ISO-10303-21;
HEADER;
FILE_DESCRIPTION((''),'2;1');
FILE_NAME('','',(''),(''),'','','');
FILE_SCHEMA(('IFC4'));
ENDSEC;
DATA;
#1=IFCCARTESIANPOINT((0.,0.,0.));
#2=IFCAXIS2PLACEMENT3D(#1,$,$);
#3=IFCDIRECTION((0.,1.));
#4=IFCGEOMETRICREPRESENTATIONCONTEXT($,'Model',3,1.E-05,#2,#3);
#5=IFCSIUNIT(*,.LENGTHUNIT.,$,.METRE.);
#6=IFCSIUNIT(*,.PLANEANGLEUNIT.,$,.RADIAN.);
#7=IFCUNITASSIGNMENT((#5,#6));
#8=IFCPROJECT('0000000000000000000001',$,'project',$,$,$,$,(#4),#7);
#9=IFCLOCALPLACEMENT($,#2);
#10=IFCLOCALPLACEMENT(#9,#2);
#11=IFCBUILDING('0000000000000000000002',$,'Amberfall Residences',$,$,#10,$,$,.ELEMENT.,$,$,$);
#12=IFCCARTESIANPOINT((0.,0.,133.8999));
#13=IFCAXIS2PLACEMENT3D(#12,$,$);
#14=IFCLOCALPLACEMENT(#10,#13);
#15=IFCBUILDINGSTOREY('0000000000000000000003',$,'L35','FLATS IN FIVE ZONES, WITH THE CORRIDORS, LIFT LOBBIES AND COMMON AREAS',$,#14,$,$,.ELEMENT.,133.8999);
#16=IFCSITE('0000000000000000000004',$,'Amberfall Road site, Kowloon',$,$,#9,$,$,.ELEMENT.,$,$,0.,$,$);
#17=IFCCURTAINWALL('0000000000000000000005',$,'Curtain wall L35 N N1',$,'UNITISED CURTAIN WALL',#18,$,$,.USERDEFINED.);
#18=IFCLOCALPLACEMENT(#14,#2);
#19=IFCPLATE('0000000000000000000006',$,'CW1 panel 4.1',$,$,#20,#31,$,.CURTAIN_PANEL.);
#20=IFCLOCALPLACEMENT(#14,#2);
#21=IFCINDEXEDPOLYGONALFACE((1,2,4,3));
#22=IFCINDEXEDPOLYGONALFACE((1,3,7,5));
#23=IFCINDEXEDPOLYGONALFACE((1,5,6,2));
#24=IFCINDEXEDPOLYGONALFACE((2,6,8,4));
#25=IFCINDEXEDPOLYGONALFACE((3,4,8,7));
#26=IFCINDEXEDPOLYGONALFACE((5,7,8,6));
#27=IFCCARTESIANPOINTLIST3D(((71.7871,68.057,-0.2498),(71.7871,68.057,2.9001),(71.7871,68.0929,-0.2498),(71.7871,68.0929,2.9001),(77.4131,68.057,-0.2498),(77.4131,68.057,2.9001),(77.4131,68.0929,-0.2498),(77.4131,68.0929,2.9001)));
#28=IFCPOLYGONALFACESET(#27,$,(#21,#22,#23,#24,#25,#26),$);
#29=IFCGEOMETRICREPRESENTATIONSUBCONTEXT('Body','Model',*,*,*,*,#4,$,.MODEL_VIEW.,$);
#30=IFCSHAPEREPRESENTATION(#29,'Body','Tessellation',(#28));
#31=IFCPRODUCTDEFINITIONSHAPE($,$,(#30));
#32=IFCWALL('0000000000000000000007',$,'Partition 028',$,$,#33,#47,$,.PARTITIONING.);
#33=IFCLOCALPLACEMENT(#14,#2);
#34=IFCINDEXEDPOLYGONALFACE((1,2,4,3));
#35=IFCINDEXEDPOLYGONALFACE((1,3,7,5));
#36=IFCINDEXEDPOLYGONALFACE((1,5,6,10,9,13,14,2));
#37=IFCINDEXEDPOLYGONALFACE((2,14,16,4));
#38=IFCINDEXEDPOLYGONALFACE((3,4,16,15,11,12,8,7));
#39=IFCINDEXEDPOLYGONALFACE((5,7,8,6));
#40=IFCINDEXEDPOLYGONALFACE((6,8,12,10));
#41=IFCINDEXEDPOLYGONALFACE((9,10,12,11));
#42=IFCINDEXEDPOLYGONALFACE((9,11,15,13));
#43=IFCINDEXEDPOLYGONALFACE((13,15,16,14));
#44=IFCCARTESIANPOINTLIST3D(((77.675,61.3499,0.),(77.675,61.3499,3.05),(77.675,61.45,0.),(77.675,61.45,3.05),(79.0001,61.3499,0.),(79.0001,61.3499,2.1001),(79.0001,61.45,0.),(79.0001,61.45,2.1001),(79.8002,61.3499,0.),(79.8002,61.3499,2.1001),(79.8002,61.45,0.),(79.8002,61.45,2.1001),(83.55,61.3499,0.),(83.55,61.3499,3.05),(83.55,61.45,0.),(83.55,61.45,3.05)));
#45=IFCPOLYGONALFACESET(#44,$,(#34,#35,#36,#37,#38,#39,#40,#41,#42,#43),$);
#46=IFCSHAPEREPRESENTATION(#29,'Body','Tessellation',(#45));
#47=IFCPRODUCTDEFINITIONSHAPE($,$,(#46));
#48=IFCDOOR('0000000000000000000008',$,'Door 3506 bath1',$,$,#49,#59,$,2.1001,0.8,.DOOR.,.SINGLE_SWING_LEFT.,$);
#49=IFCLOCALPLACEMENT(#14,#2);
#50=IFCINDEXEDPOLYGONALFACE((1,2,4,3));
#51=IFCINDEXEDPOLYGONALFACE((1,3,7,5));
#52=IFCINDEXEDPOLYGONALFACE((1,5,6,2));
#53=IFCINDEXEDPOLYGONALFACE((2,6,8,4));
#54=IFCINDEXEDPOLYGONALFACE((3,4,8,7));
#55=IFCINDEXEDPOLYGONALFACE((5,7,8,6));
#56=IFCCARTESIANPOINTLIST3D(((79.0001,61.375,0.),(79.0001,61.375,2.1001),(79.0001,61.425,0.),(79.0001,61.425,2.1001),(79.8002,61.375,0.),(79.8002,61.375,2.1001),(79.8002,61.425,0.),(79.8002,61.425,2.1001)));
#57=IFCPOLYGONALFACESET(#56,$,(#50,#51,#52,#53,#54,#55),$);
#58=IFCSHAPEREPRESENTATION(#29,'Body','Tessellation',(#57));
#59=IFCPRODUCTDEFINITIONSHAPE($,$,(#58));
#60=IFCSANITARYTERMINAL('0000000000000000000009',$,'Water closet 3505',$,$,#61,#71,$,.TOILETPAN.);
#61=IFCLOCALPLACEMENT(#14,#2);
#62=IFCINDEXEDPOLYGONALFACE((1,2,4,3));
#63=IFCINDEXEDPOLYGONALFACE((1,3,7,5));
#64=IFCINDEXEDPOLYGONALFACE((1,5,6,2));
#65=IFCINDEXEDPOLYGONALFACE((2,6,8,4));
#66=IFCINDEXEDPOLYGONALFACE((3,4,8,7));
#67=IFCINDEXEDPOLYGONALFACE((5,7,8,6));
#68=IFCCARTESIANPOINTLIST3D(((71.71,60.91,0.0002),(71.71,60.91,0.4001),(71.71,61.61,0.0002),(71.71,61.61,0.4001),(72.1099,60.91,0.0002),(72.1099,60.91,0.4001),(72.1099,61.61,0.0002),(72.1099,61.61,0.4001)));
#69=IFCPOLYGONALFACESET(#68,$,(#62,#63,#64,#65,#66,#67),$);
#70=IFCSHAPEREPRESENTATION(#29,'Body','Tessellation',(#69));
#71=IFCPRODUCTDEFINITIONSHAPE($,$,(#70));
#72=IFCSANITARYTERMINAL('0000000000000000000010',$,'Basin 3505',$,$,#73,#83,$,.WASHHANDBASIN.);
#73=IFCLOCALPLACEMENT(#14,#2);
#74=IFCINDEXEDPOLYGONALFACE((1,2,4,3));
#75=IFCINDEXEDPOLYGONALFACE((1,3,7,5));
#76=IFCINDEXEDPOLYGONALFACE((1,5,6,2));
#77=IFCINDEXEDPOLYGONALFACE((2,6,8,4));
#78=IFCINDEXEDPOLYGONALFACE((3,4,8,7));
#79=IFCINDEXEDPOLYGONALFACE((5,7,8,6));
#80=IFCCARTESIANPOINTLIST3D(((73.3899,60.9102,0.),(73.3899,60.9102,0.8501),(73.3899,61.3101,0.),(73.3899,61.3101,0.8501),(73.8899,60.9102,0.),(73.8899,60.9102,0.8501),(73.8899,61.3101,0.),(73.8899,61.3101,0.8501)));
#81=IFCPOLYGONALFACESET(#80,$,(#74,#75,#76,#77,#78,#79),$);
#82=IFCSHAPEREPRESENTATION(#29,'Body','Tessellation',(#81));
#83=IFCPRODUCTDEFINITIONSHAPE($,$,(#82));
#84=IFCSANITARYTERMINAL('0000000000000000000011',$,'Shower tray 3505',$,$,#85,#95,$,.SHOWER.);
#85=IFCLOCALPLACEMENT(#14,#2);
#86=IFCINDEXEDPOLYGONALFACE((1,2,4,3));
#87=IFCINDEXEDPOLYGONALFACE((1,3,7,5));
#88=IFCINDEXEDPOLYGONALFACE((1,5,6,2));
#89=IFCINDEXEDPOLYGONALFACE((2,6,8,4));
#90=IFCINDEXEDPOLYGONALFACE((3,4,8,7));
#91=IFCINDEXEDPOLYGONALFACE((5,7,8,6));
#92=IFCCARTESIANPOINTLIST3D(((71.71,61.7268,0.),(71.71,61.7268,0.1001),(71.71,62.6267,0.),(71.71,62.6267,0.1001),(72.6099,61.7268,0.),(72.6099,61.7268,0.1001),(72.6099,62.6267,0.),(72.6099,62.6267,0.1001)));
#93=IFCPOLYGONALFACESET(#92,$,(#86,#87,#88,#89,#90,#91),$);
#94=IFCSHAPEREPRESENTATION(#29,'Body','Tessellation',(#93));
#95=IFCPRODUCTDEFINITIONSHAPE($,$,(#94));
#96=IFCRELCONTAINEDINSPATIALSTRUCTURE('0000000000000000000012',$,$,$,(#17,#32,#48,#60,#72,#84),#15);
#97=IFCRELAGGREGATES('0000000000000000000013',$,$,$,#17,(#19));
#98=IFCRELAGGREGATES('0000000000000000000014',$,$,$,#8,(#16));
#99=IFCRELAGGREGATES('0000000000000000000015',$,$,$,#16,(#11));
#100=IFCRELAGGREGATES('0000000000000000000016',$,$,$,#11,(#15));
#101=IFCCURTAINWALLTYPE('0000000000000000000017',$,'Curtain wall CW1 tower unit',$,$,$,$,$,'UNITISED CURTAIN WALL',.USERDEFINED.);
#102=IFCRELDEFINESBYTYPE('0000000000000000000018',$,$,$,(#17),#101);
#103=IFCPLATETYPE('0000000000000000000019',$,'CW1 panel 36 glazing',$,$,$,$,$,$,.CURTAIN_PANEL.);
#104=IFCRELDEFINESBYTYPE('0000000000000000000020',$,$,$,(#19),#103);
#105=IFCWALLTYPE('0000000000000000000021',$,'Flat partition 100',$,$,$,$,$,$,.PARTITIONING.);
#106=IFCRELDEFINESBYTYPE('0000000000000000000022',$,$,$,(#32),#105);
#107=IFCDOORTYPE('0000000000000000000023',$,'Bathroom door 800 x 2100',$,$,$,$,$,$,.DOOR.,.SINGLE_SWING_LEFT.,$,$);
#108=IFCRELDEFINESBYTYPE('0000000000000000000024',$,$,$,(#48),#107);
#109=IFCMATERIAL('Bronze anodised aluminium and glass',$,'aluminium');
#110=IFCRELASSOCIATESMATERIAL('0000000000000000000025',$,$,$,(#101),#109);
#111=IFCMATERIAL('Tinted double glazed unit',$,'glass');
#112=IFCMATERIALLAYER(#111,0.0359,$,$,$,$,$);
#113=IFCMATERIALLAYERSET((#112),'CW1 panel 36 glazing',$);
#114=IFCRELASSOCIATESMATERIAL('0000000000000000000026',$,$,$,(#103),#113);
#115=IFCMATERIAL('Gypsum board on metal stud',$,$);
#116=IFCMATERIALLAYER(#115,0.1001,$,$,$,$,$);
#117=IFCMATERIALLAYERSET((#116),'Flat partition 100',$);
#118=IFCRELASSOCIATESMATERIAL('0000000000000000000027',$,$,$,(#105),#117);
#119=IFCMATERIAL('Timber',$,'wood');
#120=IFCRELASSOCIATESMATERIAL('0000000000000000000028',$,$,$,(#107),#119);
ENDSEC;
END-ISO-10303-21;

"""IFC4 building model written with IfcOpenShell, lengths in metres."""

from ifc_helpers import new_model, si_unit, direction, frame, frame_2d, origin, origin_2d, place, context, subcontext, project, spatial, rectangle, extrude, material, layer, layer_set, type_object, element, fill, aggregate, save


model = new_model("IFC4")

# Units and contexts
model_context = context("Model", 3, precision=1e-05, world=origin(), true_north=direction((0.0, 1.0)))
body_context = subcontext(model_context, "Body", "Model", "MODEL_VIEW")
ifc_project = project(units=[si_unit("LENGTHUNIT", "METRE"), si_unit("PLANEANGLEUNIT", "RADIAN")], contexts=[model_context])

# Site, building, storey
site_placement = place(None, origin())
site = spatial("IfcSite", under=ifc_project, at=site_placement, Name="Amberfall Road site, Kowloon", CompositionType="ELEMENT", RefElevation=0.0)
building_placement = place(site_placement, origin())
building = spatial("IfcBuilding", under=site, at=building_placement, Name="Amberfall Residences", CompositionType="ELEMENT")
storey_placement = place(building_placement, frame((0.0, 0.0, 133.8999)))
storey = spatial("IfcBuildingStorey", under=building, at=storey_placement, Name="L35", Description="FLATS IN FIVE ZONES, WITH THE CORRIDORS, LIFT LOBBIES AND COMMON AREAS", CompositionType="ELEMENT", Elevation=133.8999)

# Curtain wall
ifc_material_1 = material(Name="Bronze anodised aluminium and glass", Category="aluminium")
curtain_wall_type = type_object("IfcCurtainWallType", Name="Curtain wall CW1 tower unit", ElementType="UNITISED CURTAIN WALL", PredefinedType="USERDEFINED", material=ifc_material_1)
curtain_wall_placement = place(storey_placement, origin())
curtain_wall = element("IfcCurtainWall", 1, at=curtain_wall_placement, inside=storey, type_object=curtain_wall_type, Name="Curtain wall L35 N N1", ObjectType="UNITISED CURTAIN WALL", PredefinedType="USERDEFINED")

# Plate
ifc_material_2 = material(Name="Tinted double glazed unit", Category="glass")
ifc_layer_1 = layer(ifc_material_2, 0.0359)
ifc_layer_set_1 = layer_set([ifc_layer_1], Name="CW1 panel 36 glazing")
plate_type = type_object("IfcPlateType", Name="CW1 panel 36 glazing", PredefinedType="CURTAIN_PANEL", material=ifc_layer_set_1)
plate_1_placement = place(storey_placement, frame((74.6001, 68.075, -0.2498), z_axis=(0.0, 0.0, 1.0), x_axis=(-1.0, 0.0, 0.0)))
plate_1 = element("IfcPlate", 2, at=plate_1_placement, type_object=plate_type, Name="CW1 panel 4.1", PredefinedType="CURTAIN_PANEL", context=body_context, shape_type="SweptSolid", body=[
    extrude(rectangle(XDim=5.626, YDim=0.0359, at=origin_2d()), origin(), (0.0, 0.0, 1.0), 3.1499),
])
aggregate(curtain_wall, [plate_1])

# Wall, opening, door
ifc_material_3 = material(Name="Gypsum board on metal stud")
ifc_layer_2 = layer(ifc_material_3, 0.1001)
ifc_layer_set_2 = layer_set([ifc_layer_2], Name="Flat partition 100")
wall_type = type_object("IfcWallType", Name="Flat partition 100", PredefinedType="PARTITIONING", material=ifc_layer_set_2)
wall_placement = place(storey_placement, frame((83.55, 61.3999, 0.0), z_axis=(0.0, 0.0, 1.0), x_axis=(-1.0, 0.0, 0.0)))
wall = element("IfcWall", 3, at=wall_placement, inside=storey, type_object=wall_type, Name="Partition 028", PredefinedType="PARTITIONING", context=body_context, shape_type="SweptSolid", body=[
    extrude(rectangle(XDim=5.875, YDim=0.1001, at=frame_2d((2.9375, 0.0))), origin(), (0.0, 0.0, 1.0), 3.05),
])
opening_placement = place(wall_placement, frame((3.75, 0.0, 0.0)))
opening = element("IfcOpeningElement", 4, at=opening_placement, cuts=wall, PredefinedType="OPENING", context=body_context, shape_type="SweptSolid", body=[
    extrude(rectangle(XDim=0.8, YDim=2.1001, at=frame_2d((0.3999, 1.05))), frame((0.0, 0.0601, 0.0), z_axis=(0.0, -1.0, 0.0), x_axis=(1.0, 0.0, 0.0)), (0.0, 0.0, 1.0), 0.1201),
])
ifc_material_4 = material(Name="Timber", Category="wood")
door_type = type_object("IfcDoorType", Name="Bathroom door 800 x 2100", OperationType="SINGLE_SWING_LEFT", PredefinedType="DOOR", material=ifc_material_4)
door_placement = place(opening_placement, origin())
door = element("IfcDoor", 5, at=door_placement, inside=storey, type_object=door_type, Name="Door 3506 bath1", OperationType="SINGLE_SWING_LEFT", OverallHeight=2.1001, OverallWidth=0.8, PredefinedType="DOOR", context=body_context, shape_type="SweptSolid", body=[
    extrude(rectangle(XDim=0.8, YDim=2.1001, at=frame_2d((0.3999, 1.05))), frame((0.0, 0.0249, 0.0), z_axis=(0.0, -1.0, 0.0), x_axis=(1.0, 0.0, 0.0)), (0.0, 0.0, 1.0), 0.05),
])
fill(opening, door)

# Sanitary terminals
sanitary_terminal_1_placement = place(storey_placement, frame((71.9099, 61.26, 0.0002), z_axis=(0.0, 0.0, 1.0), x_axis=(1.0, 0.0, 0.0)))
element("IfcSanitaryTerminal", 6, at=sanitary_terminal_1_placement, inside=storey, Name="Water closet 3505", PredefinedType="TOILETPAN", context=body_context, shape_type="SweptSolid", body=[
    extrude(rectangle(XDim=0.3999, YDim=0.7, at=origin_2d()), origin(), (0.0, 0.0, 1.0), 0.3999),
])
sanitary_terminal_2_placement = place(storey_placement, frame((73.6399, 61.1101, 0.0), z_axis=(0.0, 0.0, 1.0), x_axis=(1.0, 0.0, 0.0)))
element("IfcSanitaryTerminal", 7, at=sanitary_terminal_2_placement, inside=storey, Name="Basin 3505", PredefinedType="WASHHANDBASIN", context=body_context, shape_type="SweptSolid", body=[
    extrude(rectangle(XDim=0.5, YDim=0.3999, at=origin_2d()), origin(), (0.0, 0.0, 1.0), 0.8501),
])
sanitary_terminal_3_placement = place(storey_placement, frame((72.1599, 62.1768, 0.0), z_axis=(0.0, 0.0, 1.0), x_axis=(1.0, 0.0, 0.0)))
element("IfcSanitaryTerminal", 8, at=sanitary_terminal_3_placement, inside=storey, Name="Shower tray 3505", PredefinedType="SHOWER", context=body_context, shape_type="SweptSolid", body=[
    extrude(rectangle(XDim=0.8999, YDim=0.8999, at=origin_2d()), origin(), (0.0, 0.0, 1.0), 0.1001),
])

save(model, "model.ifc")
